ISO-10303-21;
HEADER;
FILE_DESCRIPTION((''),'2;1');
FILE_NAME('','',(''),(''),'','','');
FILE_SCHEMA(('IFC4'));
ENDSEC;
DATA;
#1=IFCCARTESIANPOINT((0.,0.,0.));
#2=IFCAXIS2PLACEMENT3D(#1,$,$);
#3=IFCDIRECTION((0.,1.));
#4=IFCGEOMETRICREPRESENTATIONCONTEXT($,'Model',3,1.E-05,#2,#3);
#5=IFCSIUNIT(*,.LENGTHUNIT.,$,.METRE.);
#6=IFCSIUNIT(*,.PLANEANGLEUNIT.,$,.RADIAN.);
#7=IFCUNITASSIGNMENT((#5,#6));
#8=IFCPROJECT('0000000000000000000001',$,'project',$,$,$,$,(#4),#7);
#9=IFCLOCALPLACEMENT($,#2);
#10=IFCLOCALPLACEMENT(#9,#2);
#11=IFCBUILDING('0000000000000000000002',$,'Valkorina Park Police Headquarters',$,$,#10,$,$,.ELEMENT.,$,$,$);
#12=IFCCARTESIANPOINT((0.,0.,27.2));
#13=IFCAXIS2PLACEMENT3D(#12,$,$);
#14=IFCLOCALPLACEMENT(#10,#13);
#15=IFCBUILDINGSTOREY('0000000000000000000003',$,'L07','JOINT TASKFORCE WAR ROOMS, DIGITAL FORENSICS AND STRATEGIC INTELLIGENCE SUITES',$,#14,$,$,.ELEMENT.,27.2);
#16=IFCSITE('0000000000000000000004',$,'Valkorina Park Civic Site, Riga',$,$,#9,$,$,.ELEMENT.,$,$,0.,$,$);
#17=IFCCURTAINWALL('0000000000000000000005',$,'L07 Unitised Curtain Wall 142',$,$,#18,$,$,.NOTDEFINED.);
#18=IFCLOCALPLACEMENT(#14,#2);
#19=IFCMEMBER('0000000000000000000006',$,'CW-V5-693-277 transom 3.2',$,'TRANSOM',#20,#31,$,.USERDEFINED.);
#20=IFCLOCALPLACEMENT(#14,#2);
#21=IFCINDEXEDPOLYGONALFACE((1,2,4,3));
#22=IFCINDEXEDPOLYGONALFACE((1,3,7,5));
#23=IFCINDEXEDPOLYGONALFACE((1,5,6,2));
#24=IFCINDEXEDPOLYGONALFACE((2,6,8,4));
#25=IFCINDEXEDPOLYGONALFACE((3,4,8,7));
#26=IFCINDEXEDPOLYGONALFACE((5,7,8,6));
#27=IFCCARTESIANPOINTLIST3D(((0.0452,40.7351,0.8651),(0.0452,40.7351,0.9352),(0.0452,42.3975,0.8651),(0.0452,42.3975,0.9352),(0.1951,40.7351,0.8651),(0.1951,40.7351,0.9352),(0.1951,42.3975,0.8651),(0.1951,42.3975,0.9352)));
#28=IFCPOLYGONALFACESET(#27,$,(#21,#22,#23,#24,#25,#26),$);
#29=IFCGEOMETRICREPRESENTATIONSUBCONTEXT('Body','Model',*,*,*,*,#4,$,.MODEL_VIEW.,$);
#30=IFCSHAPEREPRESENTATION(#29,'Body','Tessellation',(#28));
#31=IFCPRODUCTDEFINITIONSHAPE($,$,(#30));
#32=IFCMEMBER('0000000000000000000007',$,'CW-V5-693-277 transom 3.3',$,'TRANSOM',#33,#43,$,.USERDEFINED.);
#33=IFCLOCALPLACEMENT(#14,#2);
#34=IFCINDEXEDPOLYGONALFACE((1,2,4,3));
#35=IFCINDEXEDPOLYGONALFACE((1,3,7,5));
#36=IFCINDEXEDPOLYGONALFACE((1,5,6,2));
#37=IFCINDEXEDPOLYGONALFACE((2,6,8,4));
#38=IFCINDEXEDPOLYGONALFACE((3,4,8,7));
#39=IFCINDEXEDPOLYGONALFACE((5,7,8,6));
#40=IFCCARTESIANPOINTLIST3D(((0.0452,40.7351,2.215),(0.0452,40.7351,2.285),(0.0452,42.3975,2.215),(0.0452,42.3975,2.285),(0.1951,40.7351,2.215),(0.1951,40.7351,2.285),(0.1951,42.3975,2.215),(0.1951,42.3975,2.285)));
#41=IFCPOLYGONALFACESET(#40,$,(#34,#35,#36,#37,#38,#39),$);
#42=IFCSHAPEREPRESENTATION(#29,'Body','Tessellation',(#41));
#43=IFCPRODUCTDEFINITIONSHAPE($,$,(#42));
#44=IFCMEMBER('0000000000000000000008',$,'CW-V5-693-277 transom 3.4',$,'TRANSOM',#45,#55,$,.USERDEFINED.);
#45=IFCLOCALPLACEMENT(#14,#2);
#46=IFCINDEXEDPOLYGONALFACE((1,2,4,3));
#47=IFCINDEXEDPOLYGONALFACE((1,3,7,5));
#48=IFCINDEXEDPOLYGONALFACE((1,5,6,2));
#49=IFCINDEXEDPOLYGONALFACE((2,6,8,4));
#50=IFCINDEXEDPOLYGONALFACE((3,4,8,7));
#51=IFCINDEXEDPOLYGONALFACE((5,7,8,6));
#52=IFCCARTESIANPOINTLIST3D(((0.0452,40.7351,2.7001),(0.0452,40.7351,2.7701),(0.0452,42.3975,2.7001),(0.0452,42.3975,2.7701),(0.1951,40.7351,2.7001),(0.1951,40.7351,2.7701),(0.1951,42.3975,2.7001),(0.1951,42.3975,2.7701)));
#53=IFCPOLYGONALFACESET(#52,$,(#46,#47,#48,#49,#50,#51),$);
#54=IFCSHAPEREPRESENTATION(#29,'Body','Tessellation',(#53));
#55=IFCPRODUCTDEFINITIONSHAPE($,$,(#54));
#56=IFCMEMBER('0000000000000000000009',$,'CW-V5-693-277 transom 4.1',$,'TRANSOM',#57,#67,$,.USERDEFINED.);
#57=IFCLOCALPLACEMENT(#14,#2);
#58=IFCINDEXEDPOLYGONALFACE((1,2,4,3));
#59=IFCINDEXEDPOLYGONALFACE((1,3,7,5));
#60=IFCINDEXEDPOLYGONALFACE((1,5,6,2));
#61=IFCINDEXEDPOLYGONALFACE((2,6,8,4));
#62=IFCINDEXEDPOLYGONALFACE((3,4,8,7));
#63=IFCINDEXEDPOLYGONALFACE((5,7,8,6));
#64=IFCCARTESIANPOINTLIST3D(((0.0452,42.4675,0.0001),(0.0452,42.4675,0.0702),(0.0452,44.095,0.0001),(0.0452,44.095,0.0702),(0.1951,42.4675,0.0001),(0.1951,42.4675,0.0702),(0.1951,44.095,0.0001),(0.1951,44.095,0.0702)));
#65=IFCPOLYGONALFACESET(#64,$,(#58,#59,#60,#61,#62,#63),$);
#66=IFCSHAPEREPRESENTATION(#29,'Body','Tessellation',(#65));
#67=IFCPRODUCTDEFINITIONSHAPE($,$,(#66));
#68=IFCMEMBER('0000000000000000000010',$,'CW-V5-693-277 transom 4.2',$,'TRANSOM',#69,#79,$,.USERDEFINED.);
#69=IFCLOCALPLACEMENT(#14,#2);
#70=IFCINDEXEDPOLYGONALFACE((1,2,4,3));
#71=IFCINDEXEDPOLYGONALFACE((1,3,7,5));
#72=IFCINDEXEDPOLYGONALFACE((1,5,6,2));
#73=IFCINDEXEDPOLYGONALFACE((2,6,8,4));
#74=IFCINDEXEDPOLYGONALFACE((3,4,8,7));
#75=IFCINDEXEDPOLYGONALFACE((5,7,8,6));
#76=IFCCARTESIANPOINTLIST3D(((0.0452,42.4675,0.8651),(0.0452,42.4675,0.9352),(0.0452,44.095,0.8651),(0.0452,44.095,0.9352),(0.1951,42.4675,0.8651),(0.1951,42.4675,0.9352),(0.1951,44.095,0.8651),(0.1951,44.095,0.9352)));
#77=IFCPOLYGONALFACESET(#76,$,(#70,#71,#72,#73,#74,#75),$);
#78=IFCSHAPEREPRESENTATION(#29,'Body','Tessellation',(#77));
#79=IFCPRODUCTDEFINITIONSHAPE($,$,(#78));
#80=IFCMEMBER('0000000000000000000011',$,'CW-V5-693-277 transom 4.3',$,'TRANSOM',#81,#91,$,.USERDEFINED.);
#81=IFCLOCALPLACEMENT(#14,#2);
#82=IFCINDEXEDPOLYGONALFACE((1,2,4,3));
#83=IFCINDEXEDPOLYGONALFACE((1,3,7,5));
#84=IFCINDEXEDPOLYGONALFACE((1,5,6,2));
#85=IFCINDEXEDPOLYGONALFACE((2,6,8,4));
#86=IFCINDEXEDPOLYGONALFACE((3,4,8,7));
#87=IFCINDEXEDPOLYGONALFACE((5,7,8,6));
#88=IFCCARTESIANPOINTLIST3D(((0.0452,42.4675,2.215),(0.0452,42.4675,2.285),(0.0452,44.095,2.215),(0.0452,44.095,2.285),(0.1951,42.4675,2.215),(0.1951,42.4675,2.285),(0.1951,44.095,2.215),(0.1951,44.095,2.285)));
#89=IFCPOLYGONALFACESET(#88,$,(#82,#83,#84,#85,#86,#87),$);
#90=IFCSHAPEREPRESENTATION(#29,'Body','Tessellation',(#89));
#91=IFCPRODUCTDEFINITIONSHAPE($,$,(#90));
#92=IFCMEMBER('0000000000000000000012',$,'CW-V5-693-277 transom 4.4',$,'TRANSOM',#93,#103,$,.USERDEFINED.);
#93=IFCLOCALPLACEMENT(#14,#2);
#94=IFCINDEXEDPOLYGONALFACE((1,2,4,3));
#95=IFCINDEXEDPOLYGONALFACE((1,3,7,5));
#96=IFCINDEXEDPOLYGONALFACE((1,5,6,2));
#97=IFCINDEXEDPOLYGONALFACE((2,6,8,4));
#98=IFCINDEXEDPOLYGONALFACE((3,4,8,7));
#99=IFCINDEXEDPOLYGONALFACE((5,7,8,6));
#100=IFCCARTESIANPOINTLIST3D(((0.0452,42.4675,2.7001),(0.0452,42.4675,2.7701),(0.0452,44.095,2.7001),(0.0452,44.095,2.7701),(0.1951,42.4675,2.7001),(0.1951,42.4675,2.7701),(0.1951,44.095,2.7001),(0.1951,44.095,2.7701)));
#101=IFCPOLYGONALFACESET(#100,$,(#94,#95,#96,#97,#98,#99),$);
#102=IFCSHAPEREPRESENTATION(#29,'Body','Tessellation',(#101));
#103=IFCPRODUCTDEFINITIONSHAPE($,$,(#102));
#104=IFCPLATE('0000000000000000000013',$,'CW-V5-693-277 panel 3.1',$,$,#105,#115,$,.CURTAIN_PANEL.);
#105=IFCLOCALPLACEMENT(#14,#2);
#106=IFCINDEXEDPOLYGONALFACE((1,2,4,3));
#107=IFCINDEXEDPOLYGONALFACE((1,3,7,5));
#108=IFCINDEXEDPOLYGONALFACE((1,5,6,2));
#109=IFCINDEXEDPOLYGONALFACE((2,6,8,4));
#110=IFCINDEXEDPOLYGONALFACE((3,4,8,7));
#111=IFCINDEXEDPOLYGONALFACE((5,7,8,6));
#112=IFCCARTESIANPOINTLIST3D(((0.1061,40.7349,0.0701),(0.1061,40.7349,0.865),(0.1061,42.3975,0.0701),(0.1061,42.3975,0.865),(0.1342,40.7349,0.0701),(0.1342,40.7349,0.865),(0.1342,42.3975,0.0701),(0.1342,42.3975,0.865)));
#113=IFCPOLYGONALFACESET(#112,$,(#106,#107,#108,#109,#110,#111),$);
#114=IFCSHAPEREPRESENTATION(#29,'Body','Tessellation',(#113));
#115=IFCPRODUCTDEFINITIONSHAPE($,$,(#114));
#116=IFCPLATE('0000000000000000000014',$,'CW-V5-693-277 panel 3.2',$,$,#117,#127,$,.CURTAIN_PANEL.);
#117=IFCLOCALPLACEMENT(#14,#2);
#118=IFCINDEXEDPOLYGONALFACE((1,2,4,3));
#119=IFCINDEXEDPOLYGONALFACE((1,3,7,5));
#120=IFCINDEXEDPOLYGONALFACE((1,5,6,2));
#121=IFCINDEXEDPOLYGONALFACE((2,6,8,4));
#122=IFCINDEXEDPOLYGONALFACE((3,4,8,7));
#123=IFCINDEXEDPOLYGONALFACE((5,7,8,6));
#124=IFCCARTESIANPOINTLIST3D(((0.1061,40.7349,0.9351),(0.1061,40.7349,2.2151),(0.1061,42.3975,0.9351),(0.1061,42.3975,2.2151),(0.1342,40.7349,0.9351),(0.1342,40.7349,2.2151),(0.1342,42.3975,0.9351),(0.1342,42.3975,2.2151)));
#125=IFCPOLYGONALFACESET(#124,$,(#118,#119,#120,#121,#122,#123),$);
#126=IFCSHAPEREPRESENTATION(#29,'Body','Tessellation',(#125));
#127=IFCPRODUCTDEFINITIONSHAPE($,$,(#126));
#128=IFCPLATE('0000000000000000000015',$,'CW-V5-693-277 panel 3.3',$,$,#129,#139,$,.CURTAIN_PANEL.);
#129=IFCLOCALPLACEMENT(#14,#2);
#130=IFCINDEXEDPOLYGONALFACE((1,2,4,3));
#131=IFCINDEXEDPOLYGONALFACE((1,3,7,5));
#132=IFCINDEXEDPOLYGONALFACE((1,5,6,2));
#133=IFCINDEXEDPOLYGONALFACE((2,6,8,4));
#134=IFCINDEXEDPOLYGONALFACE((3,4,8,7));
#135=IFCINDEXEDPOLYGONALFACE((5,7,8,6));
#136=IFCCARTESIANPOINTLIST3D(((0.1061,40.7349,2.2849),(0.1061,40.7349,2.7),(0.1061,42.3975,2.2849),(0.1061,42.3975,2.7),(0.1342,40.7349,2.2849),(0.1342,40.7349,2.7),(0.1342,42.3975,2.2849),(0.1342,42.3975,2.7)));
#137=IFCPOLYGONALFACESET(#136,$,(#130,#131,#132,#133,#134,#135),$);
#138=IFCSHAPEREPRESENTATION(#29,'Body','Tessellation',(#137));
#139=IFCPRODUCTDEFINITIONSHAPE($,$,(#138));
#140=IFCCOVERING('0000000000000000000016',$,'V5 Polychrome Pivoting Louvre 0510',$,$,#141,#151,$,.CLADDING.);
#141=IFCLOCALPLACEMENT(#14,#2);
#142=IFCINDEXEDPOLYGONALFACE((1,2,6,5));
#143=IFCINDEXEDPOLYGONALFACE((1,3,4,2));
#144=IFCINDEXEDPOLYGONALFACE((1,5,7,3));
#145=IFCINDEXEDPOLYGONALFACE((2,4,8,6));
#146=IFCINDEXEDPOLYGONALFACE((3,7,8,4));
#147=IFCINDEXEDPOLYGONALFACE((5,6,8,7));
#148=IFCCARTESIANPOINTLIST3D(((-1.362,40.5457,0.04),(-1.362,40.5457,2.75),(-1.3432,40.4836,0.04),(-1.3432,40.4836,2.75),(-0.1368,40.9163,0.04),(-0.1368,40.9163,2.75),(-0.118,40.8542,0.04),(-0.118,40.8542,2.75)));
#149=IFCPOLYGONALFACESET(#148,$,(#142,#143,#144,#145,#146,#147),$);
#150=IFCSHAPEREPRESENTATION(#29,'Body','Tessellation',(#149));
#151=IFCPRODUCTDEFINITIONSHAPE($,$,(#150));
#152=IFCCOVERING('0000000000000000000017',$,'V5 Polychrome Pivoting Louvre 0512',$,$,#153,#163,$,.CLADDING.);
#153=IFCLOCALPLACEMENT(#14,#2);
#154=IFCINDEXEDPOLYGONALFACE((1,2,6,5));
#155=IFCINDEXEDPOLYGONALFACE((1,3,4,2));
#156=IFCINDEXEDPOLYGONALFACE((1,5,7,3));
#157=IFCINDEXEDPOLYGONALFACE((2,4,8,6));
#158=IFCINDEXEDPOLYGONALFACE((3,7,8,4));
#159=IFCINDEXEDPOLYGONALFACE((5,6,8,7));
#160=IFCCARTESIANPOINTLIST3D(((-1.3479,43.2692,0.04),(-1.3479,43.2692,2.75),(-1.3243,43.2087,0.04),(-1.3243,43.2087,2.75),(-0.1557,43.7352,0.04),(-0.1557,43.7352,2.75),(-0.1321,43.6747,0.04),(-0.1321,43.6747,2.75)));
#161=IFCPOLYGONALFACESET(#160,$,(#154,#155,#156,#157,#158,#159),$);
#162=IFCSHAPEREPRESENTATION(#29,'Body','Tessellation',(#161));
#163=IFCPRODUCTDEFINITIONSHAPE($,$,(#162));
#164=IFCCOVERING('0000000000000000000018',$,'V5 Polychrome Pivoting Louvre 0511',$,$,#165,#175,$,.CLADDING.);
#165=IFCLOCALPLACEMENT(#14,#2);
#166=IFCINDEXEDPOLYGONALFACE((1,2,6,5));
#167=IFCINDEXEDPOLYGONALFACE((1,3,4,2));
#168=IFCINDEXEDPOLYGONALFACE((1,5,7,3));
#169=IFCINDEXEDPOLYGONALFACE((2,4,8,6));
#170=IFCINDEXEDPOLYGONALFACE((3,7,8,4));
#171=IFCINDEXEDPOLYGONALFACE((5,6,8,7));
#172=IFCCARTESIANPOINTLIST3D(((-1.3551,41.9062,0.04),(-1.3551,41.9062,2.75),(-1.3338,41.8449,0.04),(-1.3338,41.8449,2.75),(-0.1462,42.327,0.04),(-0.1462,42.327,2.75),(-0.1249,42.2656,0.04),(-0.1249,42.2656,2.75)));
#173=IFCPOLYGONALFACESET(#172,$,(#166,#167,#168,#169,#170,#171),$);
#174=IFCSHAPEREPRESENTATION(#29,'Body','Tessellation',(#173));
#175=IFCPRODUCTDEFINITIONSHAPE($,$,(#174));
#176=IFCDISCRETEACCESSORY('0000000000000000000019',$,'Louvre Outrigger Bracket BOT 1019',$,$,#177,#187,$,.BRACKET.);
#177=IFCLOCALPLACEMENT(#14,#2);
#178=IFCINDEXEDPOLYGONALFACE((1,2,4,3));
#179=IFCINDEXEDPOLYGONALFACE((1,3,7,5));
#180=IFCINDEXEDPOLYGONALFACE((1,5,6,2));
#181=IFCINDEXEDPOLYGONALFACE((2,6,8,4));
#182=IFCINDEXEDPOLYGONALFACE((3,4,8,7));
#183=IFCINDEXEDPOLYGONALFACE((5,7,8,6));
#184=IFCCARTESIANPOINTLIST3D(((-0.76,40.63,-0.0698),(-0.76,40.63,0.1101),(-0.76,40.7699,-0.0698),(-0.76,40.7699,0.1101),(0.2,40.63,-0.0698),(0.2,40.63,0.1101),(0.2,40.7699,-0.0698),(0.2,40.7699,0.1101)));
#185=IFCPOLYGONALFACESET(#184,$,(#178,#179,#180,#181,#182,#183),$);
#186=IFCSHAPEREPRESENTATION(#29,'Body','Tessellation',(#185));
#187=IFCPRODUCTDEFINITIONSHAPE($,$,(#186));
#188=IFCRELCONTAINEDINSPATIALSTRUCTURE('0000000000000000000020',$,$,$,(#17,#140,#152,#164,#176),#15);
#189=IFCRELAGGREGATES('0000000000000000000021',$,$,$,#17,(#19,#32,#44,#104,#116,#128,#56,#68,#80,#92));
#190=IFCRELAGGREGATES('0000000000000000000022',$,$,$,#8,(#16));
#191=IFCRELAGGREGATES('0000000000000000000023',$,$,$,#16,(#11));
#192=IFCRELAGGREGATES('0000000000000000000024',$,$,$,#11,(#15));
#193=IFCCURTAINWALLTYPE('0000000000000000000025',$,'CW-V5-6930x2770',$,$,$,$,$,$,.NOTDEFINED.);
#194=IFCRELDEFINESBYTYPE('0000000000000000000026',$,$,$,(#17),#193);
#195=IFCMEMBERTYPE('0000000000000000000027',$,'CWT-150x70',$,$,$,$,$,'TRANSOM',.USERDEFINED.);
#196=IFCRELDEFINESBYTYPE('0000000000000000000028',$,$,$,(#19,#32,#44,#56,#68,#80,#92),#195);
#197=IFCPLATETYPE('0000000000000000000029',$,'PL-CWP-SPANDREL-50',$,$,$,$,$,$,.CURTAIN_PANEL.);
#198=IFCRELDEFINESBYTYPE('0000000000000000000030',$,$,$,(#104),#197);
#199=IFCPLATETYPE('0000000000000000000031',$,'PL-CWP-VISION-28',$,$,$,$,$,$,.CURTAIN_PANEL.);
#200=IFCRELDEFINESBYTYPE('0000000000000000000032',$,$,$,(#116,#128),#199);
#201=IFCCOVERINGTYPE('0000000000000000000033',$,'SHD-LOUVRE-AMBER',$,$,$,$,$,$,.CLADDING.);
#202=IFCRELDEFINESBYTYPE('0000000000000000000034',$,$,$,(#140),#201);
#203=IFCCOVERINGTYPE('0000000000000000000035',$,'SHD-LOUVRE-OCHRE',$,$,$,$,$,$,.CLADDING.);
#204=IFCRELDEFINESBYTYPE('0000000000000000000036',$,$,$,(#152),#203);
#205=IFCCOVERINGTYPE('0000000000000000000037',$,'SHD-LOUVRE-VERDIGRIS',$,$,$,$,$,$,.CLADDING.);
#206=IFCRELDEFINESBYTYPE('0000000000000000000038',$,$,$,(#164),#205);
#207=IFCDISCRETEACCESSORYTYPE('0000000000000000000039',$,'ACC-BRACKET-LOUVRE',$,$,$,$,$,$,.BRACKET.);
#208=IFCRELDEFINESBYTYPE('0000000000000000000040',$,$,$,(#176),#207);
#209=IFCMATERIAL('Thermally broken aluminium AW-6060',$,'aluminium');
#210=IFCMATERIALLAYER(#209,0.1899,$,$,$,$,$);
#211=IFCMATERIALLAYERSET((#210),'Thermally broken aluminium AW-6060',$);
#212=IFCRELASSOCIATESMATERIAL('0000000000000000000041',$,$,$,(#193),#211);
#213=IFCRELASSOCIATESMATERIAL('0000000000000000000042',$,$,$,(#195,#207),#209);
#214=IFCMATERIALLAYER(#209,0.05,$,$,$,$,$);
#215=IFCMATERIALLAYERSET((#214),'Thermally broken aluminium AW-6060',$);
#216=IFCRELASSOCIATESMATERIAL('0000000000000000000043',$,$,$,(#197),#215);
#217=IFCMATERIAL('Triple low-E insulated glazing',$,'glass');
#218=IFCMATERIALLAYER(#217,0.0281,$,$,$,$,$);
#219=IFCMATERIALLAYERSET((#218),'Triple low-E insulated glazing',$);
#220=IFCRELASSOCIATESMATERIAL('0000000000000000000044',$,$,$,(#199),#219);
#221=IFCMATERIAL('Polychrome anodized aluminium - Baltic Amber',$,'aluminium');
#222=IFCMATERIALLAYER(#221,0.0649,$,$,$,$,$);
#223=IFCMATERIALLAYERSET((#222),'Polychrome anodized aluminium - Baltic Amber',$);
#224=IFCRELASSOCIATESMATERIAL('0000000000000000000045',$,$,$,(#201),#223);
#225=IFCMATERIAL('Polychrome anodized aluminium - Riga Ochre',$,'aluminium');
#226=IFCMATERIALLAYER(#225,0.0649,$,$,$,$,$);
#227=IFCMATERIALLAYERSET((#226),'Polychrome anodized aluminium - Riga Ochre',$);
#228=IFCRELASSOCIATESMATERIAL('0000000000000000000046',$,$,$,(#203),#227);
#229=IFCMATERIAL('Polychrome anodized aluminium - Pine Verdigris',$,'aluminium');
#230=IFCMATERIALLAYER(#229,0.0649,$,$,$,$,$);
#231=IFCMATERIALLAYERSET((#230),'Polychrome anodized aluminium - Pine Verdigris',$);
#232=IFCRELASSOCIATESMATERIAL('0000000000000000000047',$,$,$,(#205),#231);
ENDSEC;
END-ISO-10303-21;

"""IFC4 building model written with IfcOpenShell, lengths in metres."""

from ifc_helpers import new_model, si_unit, direction, frame, origin, origin_2d, place, context, subcontext, project, spatial, rectangle, extrude, material, layer, layer_set, material_profile, profile_set, type_object, element, aggregate, save


model = new_model("IFC4")

# Units and contexts
model_context = context("Model", 3, precision=1e-05, world=origin(), true_north=direction((0.0, 1.0)))
body_context = subcontext(model_context, "Body", "Model", "MODEL_VIEW")
ifc_project = project(units=[si_unit("LENGTHUNIT", "METRE"), si_unit("PLANEANGLEUNIT", "RADIAN")], contexts=[model_context])

# Site, building, storey
site_placement = place(None, origin())
site = spatial("IfcSite", under=ifc_project, at=site_placement, Name="Valkorina Park Civic Site, Riga", CompositionType="ELEMENT", RefElevation=0.0)
building_placement = place(site_placement, origin())
building = spatial("IfcBuilding", under=site, at=building_placement, Name="Valkorina Park Police Headquarters", CompositionType="ELEMENT")
storey_placement = place(building_placement, frame((0.0, 0.0, 27.2)))
storey = spatial("IfcBuildingStorey", under=building, at=storey_placement, Name="L07", Description="JOINT TASKFORCE WAR ROOMS, DIGITAL FORENSICS AND STRATEGIC INTELLIGENCE SUITES", CompositionType="ELEMENT", Elevation=27.2)

# Curtain wall, members, plates
ifc_material_1 = material(Name="Thermally broken aluminium AW-6060", Category="aluminium")
ifc_layer_1 = layer(ifc_material_1, 0.1899)
ifc_layer_set_1 = layer_set([ifc_layer_1], Name="Thermally broken aluminium AW-6060")
curtain_wall_type = type_object("IfcCurtainWallType", Name="CW-V5-6930x2770", PredefinedType="NOTDEFINED", material=ifc_layer_set_1)
curtain_wall_placement = place(storey_placement, origin())
curtain_wall = element("IfcCurtainWall", 1, at=curtain_wall_placement, inside=storey, type_object=curtain_wall_type, Name="L07 Unitised Curtain Wall 142", PredefinedType="NOTDEFINED")
ifc_material_profile_1 = material_profile(ifc_material_1, rectangle(XDim=0.1499, YDim=0.0701, at=origin_2d()), Name="CWT-02 150x70")
ifc_profile_set_1 = profile_set([ifc_material_profile_1], Name="Thermally broken aluminium AW-6060")
member_type_1 = type_object("IfcMemberType", Name="CWT-150x70", ElementType="TRANSOM", PredefinedType="USERDEFINED", material=ifc_profile_set_1)
member_1_placement = place(storey_placement, frame((0.1201, 40.7351, 0.9001), z_axis=(0.0, 1.0, 0.0), x_axis=(-1.0, 0.0, 0.0)))
member_1 = element("IfcMember", 2, at=member_1_placement, type_object=member_type_1, Name="CW-V5-693-277 transom 3.2", ObjectType="TRANSOM", PredefinedType="USERDEFINED", context=body_context, shape_type="SweptSolid", body=[
    extrude(rectangle(XDim=0.1499, YDim=0.0701, at=origin_2d()), origin(), (0.0, 0.0, 1.0), 1.6624),
])
member_2_placement = place(storey_placement, frame((0.1201, 40.7351, 2.25), z_axis=(0.0, 1.0, 0.0), x_axis=(-1.0, 0.0, 0.0)))
member_2 = element("IfcMember", 3, at=member_2_placement, type_object=member_type_1, Name="CW-V5-693-277 transom 3.3", ObjectType="TRANSOM", PredefinedType="USERDEFINED", context=body_context, shape_type="SweptSolid", body=[
    extrude(rectangle(XDim=0.1499, YDim=0.0701, at=origin_2d()), origin(), (0.0, 0.0, 1.0), 1.6624),
])
member_3_placement = place(storey_placement, frame((0.1201, 40.7351, 2.7351), z_axis=(0.0, 1.0, 0.0), x_axis=(-1.0, 0.0, 0.0)))
member_3 = element("IfcMember", 4, at=member_3_placement, type_object=member_type_1, Name="CW-V5-693-277 transom 3.4", ObjectType="TRANSOM", PredefinedType="USERDEFINED", context=body_context, shape_type="SweptSolid", body=[
    extrude(rectangle(XDim=0.1499, YDim=0.0701, at=origin_2d()), origin(), (0.0, 0.0, 1.0), 1.6624),
])
member_4_placement = place(storey_placement, frame((0.1201, 42.4675, 0.0352), z_axis=(0.0, 1.0, 0.0), x_axis=(-1.0, 0.0, 0.0)))
member_4 = element("IfcMember", 5, at=member_4_placement, type_object=member_type_1, Name="CW-V5-693-277 transom 4.1", ObjectType="TRANSOM", PredefinedType="USERDEFINED", context=body_context, shape_type="SweptSolid", body=[
    extrude(rectangle(XDim=0.1499, YDim=0.0701, at=origin_2d()), origin(), (0.0, 0.0, 1.0), 1.6274),
])
member_5_placement = place(storey_placement, frame((0.1201, 42.4675, 0.9001), z_axis=(0.0, 1.0, 0.0), x_axis=(-1.0, 0.0, 0.0)))
member_5 = element("IfcMember", 6, at=member_5_placement, type_object=member_type_1, Name="CW-V5-693-277 transom 4.2", ObjectType="TRANSOM", PredefinedType="USERDEFINED", context=body_context, shape_type="SweptSolid", body=[
    extrude(rectangle(XDim=0.1499, YDim=0.0701, at=origin_2d()), origin(), (0.0, 0.0, 1.0), 1.6274),
])
member_6_placement = place(storey_placement, frame((0.1201, 42.4675, 2.25), z_axis=(0.0, 1.0, 0.0), x_axis=(-1.0, 0.0, 0.0)))
member_6 = element("IfcMember", 7, at=member_6_placement, type_object=member_type_1, Name="CW-V5-693-277 transom 4.3", ObjectType="TRANSOM", PredefinedType="USERDEFINED", context=body_context, shape_type="SweptSolid", body=[
    extrude(rectangle(XDim=0.1499, YDim=0.0701, at=origin_2d()), origin(), (0.0, 0.0, 1.0), 1.6274),
])
member_7_placement = place(storey_placement, frame((0.1201, 42.4675, 2.7351), z_axis=(0.0, 1.0, 0.0), x_axis=(-1.0, 0.0, 0.0)))
member_7 = element("IfcMember", 8, at=member_7_placement, type_object=member_type_1, Name="CW-V5-693-277 transom 4.4", ObjectType="TRANSOM", PredefinedType="USERDEFINED", context=body_context, shape_type="SweptSolid", body=[
    extrude(rectangle(XDim=0.1499, YDim=0.0701, at=origin_2d()), origin(), (0.0, 0.0, 1.0), 1.6274),
])
ifc_layer_2 = layer(ifc_material_1, 0.05)
ifc_layer_set_2 = layer_set([ifc_layer_2], Name="Thermally broken aluminium AW-6060")
plate_type_1 = type_object("IfcPlateType", Name="PL-CWP-SPANDREL-50", PredefinedType="CURTAIN_PANEL", material=ifc_layer_set_2)
plate_1_placement = place(storey_placement, frame((0.1201, 41.5662, 0.0701), z_axis=(0.0, 0.0, 1.0), x_axis=(0.0, 1.0, 0.0)))
plate_1 = element("IfcPlate", 9, at=plate_1_placement, type_object=plate_type_1, Name="CW-V5-693-277 panel 3.1", PredefinedType="CURTAIN_PANEL", context=body_context, shape_type="SweptSolid", body=[
    extrude(rectangle(XDim=1.6626, YDim=0.0281, at=origin_2d()), origin(), (0.0, 0.0, 1.0), 0.7949),
])
ifc_material_2 = material(Name="Triple low-E insulated glazing", Category="glass")
ifc_layer_3 = layer(ifc_material_2, 0.0281)
ifc_layer_set_3 = layer_set([ifc_layer_3], Name="Triple low-E insulated glazing")
plate_type_2 = type_object("IfcPlateType", Name="PL-CWP-VISION-28", PredefinedType="CURTAIN_PANEL", material=ifc_layer_set_3)
plate_2_placement = place(storey_placement, frame((0.1201, 41.5662, 0.9351), z_axis=(0.0, 0.0, 1.0), x_axis=(0.0, 1.0, 0.0)))
plate_2 = element("IfcPlate", 10, at=plate_2_placement, type_object=plate_type_2, Name="CW-V5-693-277 panel 3.2", PredefinedType="CURTAIN_PANEL", context=body_context, shape_type="SweptSolid", body=[
    extrude(rectangle(XDim=1.6626, YDim=0.0281, at=origin_2d()), origin(), (0.0, 0.0, 1.0), 1.28),
])
plate_3_placement = place(storey_placement, frame((0.1201, 41.5662, 2.2849), z_axis=(0.0, 0.0, 1.0), x_axis=(0.0, 1.0, 0.0)))
plate_3 = element("IfcPlate", 11, at=plate_3_placement, type_object=plate_type_2, Name="CW-V5-693-277 panel 3.3", PredefinedType="CURTAIN_PANEL", context=body_context, shape_type="SweptSolid", body=[
    extrude(rectangle(XDim=1.6626, YDim=0.0281, at=origin_2d()), origin(), (0.0, 0.0, 1.0), 0.415),
])
aggregate(curtain_wall, [member_1, member_2, member_3, plate_1, plate_2, plate_3, member_4, member_5, member_6, member_7])

# Coverings
ifc_material_3 = material(Name="Polychrome anodized aluminium - Baltic Amber", Category="aluminium")
ifc_layer_4 = layer(ifc_material_3, 0.0649)
ifc_layer_set_4 = layer_set([ifc_layer_4], Name="Polychrome anodized aluminium - Baltic Amber")
covering_type_1 = type_object("IfcCoveringType", Name="SHD-LOUVRE-AMBER", PredefinedType="CLADDING", material=ifc_layer_set_4)
covering_1_placement = place(storey_placement, frame((-0.74, 40.7, 0.04), z_axis=(0.0, 0.0, 1.0), x_axis=(-0.957168, -0.289533, 0.0)))
element("IfcCovering", 12, at=covering_1_placement, inside=storey, type_object=covering_type_1, Name="V5 Polychrome Pivoting Louvre 0510", PredefinedType="CLADDING", context=body_context, shape_type="SweptSolid", body=[
    extrude(rectangle(XDim=1.28, YDim=0.0649, at=origin_2d()), origin(), (0.0, 0.0, 1.0), 2.71),
])
ifc_material_4 = material(Name="Polychrome anodized aluminium - Riga Ochre", Category="aluminium")
ifc_layer_5 = layer(ifc_material_4, 0.0649)
ifc_layer_set_5 = layer_set([ifc_layer_5], Name="Polychrome anodized aluminium - Riga Ochre")
covering_type_2 = type_object("IfcCoveringType", Name="SHD-LOUVRE-OCHRE", PredefinedType="CLADDING", material=ifc_layer_set_5)
covering_2_placement = place(storey_placement, frame((-0.74, 43.4719, 0.04), z_axis=(0.0, 0.0, 1.0), x_axis=(-0.931374, -0.364064, 0.0)))
element("IfcCovering", 13, at=covering_2_placement, inside=storey, type_object=covering_type_2, Name="V5 Polychrome Pivoting Louvre 0512", PredefinedType="CLADDING", context=body_context, shape_type="SweptSolid", body=[
    extrude(rectangle(XDim=1.28, YDim=0.0649, at=origin_2d()), origin(), (0.0, 0.0, 1.0), 2.71),
])
ifc_material_5 = material(Name="Polychrome anodized aluminium - Pine Verdigris", Category="aluminium")
ifc_layer_6 = layer(ifc_material_5, 0.0649)
ifc_layer_set_6 = layer_set([ifc_layer_6], Name="Polychrome anodized aluminium - Pine Verdigris")
covering_type_3 = type_object("IfcCoveringType", Name="SHD-LOUVRE-VERDIGRIS", PredefinedType="CLADDING", material=ifc_layer_set_6)
covering_3_placement = place(storey_placement, frame((-0.74, 42.0859, 0.04), z_axis=(0.0, 0.0, 1.0), x_axis=(-0.944434, -0.328702, 0.0)))
element("IfcCovering", 14, at=covering_3_placement, inside=storey, type_object=covering_type_3, Name="V5 Polychrome Pivoting Louvre 0511", PredefinedType="CLADDING", context=body_context, shape_type="SweptSolid", body=[
    extrude(rectangle(XDim=1.28, YDim=0.0649, at=origin_2d()), origin(), (0.0, 0.0, 1.0), 2.71),
])

# Discrete accessory
discrete_accessory_type = type_object("IfcDiscreteAccessoryType", Name="ACC-BRACKET-LOUVRE", PredefinedType="BRACKET", material=ifc_material_1)
for number, where, z_axis, x_axis, name in (
    (15, (-0.28, 40.7, -0.0698), (0.0, 0.0, 1.0), (-1.0, 0.0, 0.0), "Louvre Outrigger Bracket BOT 1019"),
):
    element("IfcDiscreteAccessory", number, at=place(storey_placement, frame(where, z_axis=z_axis, x_axis=x_axis)), inside=storey, type_object=discrete_accessory_type, Name=name, PredefinedType="BRACKET", context=body_context, shape_type="SweptSolid", body=[
        extrude(rectangle(XDim=0.96, YDim=0.1399, at=origin_2d()), origin(), (0.0, 0.0, 1.0), 0.1799),
    ])

save(model, "model.ifc")
